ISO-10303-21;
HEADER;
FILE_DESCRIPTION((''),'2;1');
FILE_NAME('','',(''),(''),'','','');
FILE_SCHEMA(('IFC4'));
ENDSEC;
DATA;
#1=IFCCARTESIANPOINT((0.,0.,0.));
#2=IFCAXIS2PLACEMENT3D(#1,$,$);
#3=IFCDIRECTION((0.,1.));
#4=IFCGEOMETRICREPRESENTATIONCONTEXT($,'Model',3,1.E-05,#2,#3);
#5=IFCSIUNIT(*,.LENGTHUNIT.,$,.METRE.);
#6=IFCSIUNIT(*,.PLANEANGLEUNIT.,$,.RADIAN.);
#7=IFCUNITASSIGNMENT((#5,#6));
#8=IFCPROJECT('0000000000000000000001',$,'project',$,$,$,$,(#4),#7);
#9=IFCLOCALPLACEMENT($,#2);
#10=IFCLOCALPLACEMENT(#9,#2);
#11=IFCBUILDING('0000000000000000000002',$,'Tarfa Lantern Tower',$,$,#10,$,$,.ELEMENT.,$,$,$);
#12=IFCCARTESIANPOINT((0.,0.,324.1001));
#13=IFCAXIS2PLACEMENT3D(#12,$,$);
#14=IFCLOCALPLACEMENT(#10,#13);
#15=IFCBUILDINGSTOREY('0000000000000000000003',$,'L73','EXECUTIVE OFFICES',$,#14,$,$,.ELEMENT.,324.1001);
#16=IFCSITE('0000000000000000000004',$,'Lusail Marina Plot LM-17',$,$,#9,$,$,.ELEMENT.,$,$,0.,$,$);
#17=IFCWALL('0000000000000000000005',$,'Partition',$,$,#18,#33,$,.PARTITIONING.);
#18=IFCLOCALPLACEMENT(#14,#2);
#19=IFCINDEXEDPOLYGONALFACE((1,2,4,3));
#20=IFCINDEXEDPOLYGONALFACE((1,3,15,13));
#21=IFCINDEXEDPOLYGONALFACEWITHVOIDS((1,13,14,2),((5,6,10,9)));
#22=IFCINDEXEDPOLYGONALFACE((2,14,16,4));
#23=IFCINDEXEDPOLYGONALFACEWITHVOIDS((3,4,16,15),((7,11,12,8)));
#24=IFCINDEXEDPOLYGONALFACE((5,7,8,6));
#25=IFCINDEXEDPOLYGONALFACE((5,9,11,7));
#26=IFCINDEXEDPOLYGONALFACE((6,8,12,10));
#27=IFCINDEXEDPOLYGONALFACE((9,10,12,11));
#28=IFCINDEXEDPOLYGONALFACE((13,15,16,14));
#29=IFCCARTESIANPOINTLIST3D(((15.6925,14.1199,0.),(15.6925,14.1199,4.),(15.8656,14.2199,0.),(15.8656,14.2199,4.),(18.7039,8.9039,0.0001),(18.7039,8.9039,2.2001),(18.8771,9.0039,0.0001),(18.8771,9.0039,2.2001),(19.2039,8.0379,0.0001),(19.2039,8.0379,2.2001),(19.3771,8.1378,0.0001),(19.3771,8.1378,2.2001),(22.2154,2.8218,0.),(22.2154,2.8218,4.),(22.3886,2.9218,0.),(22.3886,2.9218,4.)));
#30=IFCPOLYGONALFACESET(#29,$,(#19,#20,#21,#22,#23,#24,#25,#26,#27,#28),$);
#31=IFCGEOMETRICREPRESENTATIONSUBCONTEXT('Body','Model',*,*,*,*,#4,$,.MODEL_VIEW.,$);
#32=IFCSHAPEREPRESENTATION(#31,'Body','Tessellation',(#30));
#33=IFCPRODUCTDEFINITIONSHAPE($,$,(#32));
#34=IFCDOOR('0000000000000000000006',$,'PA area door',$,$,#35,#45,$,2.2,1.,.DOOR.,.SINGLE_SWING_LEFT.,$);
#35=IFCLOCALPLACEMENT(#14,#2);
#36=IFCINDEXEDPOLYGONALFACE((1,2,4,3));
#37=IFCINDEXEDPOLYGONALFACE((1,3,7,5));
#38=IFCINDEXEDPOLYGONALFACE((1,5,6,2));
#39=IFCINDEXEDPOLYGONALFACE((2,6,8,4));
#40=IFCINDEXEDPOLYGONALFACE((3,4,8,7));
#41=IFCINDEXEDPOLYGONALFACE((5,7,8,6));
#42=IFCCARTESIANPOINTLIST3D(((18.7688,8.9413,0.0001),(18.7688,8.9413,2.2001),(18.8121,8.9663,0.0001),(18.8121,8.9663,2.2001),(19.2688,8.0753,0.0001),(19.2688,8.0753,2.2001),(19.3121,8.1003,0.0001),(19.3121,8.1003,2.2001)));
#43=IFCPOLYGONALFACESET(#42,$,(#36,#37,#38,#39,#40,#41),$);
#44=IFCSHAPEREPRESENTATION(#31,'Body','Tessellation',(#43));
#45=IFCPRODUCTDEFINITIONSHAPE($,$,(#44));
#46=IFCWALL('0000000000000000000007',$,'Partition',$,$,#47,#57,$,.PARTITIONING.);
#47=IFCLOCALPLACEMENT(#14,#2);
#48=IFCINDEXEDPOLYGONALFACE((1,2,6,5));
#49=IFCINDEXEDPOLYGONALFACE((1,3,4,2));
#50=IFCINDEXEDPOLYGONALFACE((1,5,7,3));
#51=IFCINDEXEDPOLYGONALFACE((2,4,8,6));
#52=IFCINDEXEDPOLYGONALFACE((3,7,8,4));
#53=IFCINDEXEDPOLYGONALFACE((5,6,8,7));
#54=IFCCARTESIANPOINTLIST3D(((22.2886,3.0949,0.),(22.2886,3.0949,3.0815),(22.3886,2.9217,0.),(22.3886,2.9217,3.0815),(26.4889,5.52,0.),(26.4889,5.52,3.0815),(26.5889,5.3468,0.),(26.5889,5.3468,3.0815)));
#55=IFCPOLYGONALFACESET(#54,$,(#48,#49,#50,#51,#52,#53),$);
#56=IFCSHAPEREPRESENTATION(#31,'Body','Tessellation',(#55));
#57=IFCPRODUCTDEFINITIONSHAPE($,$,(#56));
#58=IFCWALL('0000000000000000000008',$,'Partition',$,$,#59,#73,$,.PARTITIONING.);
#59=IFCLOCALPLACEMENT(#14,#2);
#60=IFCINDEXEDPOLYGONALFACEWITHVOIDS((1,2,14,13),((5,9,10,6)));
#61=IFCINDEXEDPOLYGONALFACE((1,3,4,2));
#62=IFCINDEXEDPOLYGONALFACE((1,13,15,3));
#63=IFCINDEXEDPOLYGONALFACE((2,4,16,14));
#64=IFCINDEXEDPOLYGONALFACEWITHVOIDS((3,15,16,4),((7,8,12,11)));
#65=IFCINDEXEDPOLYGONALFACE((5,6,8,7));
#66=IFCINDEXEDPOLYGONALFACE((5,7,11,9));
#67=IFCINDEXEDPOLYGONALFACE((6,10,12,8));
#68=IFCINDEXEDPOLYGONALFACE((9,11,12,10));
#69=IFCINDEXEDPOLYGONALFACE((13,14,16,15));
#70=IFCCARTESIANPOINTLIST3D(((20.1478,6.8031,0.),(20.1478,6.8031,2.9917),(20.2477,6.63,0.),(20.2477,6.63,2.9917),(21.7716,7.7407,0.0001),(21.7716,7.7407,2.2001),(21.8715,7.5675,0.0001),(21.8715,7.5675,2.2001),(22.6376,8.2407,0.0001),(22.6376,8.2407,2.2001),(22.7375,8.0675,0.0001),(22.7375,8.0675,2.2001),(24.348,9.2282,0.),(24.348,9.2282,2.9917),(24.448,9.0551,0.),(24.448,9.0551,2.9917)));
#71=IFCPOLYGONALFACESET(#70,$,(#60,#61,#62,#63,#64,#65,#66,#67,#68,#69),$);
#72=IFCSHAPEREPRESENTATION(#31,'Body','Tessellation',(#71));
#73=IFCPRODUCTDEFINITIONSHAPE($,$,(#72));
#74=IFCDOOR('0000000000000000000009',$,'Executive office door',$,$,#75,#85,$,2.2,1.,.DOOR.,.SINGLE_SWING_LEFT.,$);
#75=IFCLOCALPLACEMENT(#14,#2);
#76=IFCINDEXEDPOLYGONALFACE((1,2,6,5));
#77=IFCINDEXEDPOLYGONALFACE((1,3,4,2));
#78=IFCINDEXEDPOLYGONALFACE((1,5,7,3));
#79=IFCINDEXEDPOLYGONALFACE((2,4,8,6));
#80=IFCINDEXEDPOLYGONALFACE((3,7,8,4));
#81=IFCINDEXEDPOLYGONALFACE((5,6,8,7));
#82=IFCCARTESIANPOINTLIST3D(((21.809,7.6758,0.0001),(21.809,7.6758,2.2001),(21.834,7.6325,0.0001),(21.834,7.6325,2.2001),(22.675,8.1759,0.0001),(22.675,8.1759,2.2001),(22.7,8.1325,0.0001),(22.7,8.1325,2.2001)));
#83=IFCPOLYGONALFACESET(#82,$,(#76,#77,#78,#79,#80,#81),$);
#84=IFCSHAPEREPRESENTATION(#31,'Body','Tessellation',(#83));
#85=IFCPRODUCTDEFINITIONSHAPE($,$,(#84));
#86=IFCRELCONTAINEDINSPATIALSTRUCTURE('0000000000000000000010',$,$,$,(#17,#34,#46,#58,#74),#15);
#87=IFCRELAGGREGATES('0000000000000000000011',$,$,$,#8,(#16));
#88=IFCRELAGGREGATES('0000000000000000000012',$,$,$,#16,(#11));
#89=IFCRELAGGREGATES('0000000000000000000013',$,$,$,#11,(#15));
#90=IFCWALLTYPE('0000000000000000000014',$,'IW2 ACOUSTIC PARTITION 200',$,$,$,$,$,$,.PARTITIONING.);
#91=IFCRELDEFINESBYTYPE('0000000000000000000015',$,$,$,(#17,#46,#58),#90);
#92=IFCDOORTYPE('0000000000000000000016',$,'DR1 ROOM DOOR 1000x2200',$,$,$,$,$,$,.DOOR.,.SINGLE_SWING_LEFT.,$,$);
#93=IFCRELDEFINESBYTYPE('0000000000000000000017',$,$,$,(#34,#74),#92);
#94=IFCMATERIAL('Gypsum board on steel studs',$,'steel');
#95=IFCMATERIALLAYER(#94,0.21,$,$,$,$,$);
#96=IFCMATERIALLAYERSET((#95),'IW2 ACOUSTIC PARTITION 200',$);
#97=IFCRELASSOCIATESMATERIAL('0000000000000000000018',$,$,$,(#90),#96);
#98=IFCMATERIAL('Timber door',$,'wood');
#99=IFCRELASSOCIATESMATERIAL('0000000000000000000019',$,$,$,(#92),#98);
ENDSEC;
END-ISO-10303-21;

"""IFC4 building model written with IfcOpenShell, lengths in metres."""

from ifc_helpers import new_model, si_unit, direction, frame, frame_2d, origin, place, context, subcontext, project, spatial, rectangle, extrude, material, layer, layer_set, type_object, element, fill, save


model = new_model("IFC4")

# Units and contexts
model_context = context("Model", 3, precision=1e-05, world=origin(), true_north=direction((0.0, 1.0)))
body_context = subcontext(model_context, "Body", "Model", "MODEL_VIEW")
ifc_project = project(units=[si_unit("LENGTHUNIT", "METRE"), si_unit("PLANEANGLEUNIT", "RADIAN")], contexts=[model_context])

# Site, building, storey
site_placement = place(None, origin())
site = spatial("IfcSite", under=ifc_project, at=site_placement, Name="Lusail Marina Plot LM-17", CompositionType="ELEMENT", RefElevation=0.0)
building_placement = place(site_placement, origin())
building = spatial("IfcBuilding", under=site, at=building_placement, Name="Tarfa Lantern Tower", CompositionType="ELEMENT")
storey_placement = place(building_placement, frame((0.0, 0.0, 324.1001)))
storey = spatial("IfcBuildingStorey", under=building, at=storey_placement, Name="L73", Description="EXECUTIVE OFFICES", CompositionType="ELEMENT", Elevation=324.1001)

# Wall, opening, door
ifc_material_1 = material(Name="Gypsum board on steel studs", Category="steel")
ifc_layer_1 = layer(ifc_material_1, 0.21)
ifc_layer_set_1 = layer_set([ifc_layer_1], Name="IW2 ACOUSTIC PARTITION 200")
wall_type = type_object("IfcWallType", Name="IW2 ACOUSTIC PARTITION 200", PredefinedType="PARTITIONING", material=ifc_layer_set_1)
wall_1_placement = place(storey_placement, frame((22.302, 2.8718, 0.0), z_axis=(0.0, 0.0, 1.0), x_axis=(-0.499999, 0.866026, 0.0)))
wall_1 = element("IfcWall", 1, at=wall_1_placement, inside=storey, type_object=wall_type, Name="Partition", PredefinedType="PARTITIONING", context=body_context, shape_type="SweptSolid", body=[
    extrude(rectangle(XDim=13.0459, YDim=0.2, at=frame_2d((6.5229, 0.0))), origin(), (0.0, 0.0, 1.0), 4.0),
])
opening_1_placement = place(wall_1_placement, frame((6.0229, 0.0, 0.0)))
opening_1 = element("IfcOpeningElement", 2, at=opening_1_placement, cuts=wall_1, PredefinedType="OPENING", context=body_context, shape_type="SweptSolid", body=[
    extrude(rectangle(XDim=1.0, YDim=2.2, at=frame_2d((0.5, 1.1001))), frame((0.0, 0.1099, 0.0), z_axis=(0.0, -1.0, 0.0), x_axis=(1.0, 0.0, 0.0)), (0.0, 0.0, 1.0), 0.22),
])
ifc_material_2 = material(Name="Timber door", Category="wood")
door_type = type_object("IfcDoorType", Name="DR1 ROOM DOOR 1000x2200", OperationType="SINGLE_SWING_LEFT", PredefinedType="DOOR", material=ifc_material_2)
door_1_placement = place(opening_1_placement, frame((1.0, 0.0, 0.0), z_axis=(0.0, 0.0, 1.0), x_axis=(-1.0, 0.0, 0.0)))
door_1 = element("IfcDoor", 3, at=door_1_placement, inside=storey, type_object=door_type, Name="PA area door", OperationType="SINGLE_SWING_LEFT", OverallHeight=2.2, OverallWidth=1.0, PredefinedType="DOOR", context=body_context, shape_type="SweptSolid", body=[
    extrude(rectangle(XDim=1.0, YDim=2.2, at=frame_2d((0.5, 1.1001))), frame((0.0, 0.0249, 0.0), z_axis=(0.0, -1.0, 0.0), x_axis=(1.0, 0.0, 0.0)), (0.0, 0.0, 1.0), 0.05),
])
fill(opening_1, door_1)

# Wall
wall_2_placement = place(storey_placement, frame((22.3386, 3.0083, 0.0), z_axis=(0.0, 0.0, 1.0), x_axis=(0.86602, 0.50001, 0.0)))
element("IfcWall", 4, at=wall_2_placement, inside=storey, type_object=wall_type, Name="Partition", PredefinedType="PARTITIONING", context=body_context, shape_type="SweptSolid", body=[
    extrude(rectangle(XDim=4.8501, YDim=0.2, at=frame_2d((2.425, 0.0))), origin(), (0.0, 0.0, 1.0), 3.0815),
])

# Wall, opening, door
wall_3_placement = place(storey_placement, frame((20.1978, 6.7166, 0.0), z_axis=(0.0, 0.0, 1.0), x_axis=(0.86602, 0.50001, 0.0)))
wall_3 = element("IfcWall", 5, at=wall_3_placement, inside=storey, type_object=wall_type, Name="Partition", PredefinedType="PARTITIONING", context=body_context, shape_type="SweptSolid", body=[
    extrude(rectangle(XDim=4.8501, YDim=0.2, at=frame_2d((2.425, 0.0))), origin(), (0.0, 0.0, 1.0), 2.9917),
])
opening_2_placement = place(wall_3_placement, frame((1.875, 0.0, 0.0)))
opening_2 = element("IfcOpeningElement", 6, at=opening_2_placement, cuts=wall_3, PredefinedType="OPENING", context=body_context, shape_type="SweptSolid", body=[
    extrude(rectangle(XDim=1.0, YDim=2.2, at=frame_2d((0.5, 1.1001))), frame((0.0, 0.1099, 0.0), z_axis=(0.0, -1.0, 0.0), x_axis=(1.0, 0.0, 0.0)), (0.0, 0.0, 1.0), 0.22),
])
door_2_placement = place(opening_2_placement, frame((1.0, 0.0, 0.0), z_axis=(0.0, 0.0, 1.0), x_axis=(-1.0, 0.0, 0.0)))
door_2 = element("IfcDoor", 7, at=door_2_placement, inside=storey, type_object=door_type, Name="Executive office door", OperationType="SINGLE_SWING_LEFT", OverallHeight=2.2, OverallWidth=1.0, PredefinedType="DOOR", context=body_context, shape_type="SweptSolid", body=[
    extrude(rectangle(XDim=1.0, YDim=2.2, at=frame_2d((0.5, 1.1001))), frame((0.0, 0.0249, 0.0), z_axis=(0.0, -1.0, 0.0), x_axis=(1.0, 0.0, 0.0)), (0.0, 0.0, 1.0), 0.05),
])
fill(opening_2, door_2)

save(model, "model.ifc")
